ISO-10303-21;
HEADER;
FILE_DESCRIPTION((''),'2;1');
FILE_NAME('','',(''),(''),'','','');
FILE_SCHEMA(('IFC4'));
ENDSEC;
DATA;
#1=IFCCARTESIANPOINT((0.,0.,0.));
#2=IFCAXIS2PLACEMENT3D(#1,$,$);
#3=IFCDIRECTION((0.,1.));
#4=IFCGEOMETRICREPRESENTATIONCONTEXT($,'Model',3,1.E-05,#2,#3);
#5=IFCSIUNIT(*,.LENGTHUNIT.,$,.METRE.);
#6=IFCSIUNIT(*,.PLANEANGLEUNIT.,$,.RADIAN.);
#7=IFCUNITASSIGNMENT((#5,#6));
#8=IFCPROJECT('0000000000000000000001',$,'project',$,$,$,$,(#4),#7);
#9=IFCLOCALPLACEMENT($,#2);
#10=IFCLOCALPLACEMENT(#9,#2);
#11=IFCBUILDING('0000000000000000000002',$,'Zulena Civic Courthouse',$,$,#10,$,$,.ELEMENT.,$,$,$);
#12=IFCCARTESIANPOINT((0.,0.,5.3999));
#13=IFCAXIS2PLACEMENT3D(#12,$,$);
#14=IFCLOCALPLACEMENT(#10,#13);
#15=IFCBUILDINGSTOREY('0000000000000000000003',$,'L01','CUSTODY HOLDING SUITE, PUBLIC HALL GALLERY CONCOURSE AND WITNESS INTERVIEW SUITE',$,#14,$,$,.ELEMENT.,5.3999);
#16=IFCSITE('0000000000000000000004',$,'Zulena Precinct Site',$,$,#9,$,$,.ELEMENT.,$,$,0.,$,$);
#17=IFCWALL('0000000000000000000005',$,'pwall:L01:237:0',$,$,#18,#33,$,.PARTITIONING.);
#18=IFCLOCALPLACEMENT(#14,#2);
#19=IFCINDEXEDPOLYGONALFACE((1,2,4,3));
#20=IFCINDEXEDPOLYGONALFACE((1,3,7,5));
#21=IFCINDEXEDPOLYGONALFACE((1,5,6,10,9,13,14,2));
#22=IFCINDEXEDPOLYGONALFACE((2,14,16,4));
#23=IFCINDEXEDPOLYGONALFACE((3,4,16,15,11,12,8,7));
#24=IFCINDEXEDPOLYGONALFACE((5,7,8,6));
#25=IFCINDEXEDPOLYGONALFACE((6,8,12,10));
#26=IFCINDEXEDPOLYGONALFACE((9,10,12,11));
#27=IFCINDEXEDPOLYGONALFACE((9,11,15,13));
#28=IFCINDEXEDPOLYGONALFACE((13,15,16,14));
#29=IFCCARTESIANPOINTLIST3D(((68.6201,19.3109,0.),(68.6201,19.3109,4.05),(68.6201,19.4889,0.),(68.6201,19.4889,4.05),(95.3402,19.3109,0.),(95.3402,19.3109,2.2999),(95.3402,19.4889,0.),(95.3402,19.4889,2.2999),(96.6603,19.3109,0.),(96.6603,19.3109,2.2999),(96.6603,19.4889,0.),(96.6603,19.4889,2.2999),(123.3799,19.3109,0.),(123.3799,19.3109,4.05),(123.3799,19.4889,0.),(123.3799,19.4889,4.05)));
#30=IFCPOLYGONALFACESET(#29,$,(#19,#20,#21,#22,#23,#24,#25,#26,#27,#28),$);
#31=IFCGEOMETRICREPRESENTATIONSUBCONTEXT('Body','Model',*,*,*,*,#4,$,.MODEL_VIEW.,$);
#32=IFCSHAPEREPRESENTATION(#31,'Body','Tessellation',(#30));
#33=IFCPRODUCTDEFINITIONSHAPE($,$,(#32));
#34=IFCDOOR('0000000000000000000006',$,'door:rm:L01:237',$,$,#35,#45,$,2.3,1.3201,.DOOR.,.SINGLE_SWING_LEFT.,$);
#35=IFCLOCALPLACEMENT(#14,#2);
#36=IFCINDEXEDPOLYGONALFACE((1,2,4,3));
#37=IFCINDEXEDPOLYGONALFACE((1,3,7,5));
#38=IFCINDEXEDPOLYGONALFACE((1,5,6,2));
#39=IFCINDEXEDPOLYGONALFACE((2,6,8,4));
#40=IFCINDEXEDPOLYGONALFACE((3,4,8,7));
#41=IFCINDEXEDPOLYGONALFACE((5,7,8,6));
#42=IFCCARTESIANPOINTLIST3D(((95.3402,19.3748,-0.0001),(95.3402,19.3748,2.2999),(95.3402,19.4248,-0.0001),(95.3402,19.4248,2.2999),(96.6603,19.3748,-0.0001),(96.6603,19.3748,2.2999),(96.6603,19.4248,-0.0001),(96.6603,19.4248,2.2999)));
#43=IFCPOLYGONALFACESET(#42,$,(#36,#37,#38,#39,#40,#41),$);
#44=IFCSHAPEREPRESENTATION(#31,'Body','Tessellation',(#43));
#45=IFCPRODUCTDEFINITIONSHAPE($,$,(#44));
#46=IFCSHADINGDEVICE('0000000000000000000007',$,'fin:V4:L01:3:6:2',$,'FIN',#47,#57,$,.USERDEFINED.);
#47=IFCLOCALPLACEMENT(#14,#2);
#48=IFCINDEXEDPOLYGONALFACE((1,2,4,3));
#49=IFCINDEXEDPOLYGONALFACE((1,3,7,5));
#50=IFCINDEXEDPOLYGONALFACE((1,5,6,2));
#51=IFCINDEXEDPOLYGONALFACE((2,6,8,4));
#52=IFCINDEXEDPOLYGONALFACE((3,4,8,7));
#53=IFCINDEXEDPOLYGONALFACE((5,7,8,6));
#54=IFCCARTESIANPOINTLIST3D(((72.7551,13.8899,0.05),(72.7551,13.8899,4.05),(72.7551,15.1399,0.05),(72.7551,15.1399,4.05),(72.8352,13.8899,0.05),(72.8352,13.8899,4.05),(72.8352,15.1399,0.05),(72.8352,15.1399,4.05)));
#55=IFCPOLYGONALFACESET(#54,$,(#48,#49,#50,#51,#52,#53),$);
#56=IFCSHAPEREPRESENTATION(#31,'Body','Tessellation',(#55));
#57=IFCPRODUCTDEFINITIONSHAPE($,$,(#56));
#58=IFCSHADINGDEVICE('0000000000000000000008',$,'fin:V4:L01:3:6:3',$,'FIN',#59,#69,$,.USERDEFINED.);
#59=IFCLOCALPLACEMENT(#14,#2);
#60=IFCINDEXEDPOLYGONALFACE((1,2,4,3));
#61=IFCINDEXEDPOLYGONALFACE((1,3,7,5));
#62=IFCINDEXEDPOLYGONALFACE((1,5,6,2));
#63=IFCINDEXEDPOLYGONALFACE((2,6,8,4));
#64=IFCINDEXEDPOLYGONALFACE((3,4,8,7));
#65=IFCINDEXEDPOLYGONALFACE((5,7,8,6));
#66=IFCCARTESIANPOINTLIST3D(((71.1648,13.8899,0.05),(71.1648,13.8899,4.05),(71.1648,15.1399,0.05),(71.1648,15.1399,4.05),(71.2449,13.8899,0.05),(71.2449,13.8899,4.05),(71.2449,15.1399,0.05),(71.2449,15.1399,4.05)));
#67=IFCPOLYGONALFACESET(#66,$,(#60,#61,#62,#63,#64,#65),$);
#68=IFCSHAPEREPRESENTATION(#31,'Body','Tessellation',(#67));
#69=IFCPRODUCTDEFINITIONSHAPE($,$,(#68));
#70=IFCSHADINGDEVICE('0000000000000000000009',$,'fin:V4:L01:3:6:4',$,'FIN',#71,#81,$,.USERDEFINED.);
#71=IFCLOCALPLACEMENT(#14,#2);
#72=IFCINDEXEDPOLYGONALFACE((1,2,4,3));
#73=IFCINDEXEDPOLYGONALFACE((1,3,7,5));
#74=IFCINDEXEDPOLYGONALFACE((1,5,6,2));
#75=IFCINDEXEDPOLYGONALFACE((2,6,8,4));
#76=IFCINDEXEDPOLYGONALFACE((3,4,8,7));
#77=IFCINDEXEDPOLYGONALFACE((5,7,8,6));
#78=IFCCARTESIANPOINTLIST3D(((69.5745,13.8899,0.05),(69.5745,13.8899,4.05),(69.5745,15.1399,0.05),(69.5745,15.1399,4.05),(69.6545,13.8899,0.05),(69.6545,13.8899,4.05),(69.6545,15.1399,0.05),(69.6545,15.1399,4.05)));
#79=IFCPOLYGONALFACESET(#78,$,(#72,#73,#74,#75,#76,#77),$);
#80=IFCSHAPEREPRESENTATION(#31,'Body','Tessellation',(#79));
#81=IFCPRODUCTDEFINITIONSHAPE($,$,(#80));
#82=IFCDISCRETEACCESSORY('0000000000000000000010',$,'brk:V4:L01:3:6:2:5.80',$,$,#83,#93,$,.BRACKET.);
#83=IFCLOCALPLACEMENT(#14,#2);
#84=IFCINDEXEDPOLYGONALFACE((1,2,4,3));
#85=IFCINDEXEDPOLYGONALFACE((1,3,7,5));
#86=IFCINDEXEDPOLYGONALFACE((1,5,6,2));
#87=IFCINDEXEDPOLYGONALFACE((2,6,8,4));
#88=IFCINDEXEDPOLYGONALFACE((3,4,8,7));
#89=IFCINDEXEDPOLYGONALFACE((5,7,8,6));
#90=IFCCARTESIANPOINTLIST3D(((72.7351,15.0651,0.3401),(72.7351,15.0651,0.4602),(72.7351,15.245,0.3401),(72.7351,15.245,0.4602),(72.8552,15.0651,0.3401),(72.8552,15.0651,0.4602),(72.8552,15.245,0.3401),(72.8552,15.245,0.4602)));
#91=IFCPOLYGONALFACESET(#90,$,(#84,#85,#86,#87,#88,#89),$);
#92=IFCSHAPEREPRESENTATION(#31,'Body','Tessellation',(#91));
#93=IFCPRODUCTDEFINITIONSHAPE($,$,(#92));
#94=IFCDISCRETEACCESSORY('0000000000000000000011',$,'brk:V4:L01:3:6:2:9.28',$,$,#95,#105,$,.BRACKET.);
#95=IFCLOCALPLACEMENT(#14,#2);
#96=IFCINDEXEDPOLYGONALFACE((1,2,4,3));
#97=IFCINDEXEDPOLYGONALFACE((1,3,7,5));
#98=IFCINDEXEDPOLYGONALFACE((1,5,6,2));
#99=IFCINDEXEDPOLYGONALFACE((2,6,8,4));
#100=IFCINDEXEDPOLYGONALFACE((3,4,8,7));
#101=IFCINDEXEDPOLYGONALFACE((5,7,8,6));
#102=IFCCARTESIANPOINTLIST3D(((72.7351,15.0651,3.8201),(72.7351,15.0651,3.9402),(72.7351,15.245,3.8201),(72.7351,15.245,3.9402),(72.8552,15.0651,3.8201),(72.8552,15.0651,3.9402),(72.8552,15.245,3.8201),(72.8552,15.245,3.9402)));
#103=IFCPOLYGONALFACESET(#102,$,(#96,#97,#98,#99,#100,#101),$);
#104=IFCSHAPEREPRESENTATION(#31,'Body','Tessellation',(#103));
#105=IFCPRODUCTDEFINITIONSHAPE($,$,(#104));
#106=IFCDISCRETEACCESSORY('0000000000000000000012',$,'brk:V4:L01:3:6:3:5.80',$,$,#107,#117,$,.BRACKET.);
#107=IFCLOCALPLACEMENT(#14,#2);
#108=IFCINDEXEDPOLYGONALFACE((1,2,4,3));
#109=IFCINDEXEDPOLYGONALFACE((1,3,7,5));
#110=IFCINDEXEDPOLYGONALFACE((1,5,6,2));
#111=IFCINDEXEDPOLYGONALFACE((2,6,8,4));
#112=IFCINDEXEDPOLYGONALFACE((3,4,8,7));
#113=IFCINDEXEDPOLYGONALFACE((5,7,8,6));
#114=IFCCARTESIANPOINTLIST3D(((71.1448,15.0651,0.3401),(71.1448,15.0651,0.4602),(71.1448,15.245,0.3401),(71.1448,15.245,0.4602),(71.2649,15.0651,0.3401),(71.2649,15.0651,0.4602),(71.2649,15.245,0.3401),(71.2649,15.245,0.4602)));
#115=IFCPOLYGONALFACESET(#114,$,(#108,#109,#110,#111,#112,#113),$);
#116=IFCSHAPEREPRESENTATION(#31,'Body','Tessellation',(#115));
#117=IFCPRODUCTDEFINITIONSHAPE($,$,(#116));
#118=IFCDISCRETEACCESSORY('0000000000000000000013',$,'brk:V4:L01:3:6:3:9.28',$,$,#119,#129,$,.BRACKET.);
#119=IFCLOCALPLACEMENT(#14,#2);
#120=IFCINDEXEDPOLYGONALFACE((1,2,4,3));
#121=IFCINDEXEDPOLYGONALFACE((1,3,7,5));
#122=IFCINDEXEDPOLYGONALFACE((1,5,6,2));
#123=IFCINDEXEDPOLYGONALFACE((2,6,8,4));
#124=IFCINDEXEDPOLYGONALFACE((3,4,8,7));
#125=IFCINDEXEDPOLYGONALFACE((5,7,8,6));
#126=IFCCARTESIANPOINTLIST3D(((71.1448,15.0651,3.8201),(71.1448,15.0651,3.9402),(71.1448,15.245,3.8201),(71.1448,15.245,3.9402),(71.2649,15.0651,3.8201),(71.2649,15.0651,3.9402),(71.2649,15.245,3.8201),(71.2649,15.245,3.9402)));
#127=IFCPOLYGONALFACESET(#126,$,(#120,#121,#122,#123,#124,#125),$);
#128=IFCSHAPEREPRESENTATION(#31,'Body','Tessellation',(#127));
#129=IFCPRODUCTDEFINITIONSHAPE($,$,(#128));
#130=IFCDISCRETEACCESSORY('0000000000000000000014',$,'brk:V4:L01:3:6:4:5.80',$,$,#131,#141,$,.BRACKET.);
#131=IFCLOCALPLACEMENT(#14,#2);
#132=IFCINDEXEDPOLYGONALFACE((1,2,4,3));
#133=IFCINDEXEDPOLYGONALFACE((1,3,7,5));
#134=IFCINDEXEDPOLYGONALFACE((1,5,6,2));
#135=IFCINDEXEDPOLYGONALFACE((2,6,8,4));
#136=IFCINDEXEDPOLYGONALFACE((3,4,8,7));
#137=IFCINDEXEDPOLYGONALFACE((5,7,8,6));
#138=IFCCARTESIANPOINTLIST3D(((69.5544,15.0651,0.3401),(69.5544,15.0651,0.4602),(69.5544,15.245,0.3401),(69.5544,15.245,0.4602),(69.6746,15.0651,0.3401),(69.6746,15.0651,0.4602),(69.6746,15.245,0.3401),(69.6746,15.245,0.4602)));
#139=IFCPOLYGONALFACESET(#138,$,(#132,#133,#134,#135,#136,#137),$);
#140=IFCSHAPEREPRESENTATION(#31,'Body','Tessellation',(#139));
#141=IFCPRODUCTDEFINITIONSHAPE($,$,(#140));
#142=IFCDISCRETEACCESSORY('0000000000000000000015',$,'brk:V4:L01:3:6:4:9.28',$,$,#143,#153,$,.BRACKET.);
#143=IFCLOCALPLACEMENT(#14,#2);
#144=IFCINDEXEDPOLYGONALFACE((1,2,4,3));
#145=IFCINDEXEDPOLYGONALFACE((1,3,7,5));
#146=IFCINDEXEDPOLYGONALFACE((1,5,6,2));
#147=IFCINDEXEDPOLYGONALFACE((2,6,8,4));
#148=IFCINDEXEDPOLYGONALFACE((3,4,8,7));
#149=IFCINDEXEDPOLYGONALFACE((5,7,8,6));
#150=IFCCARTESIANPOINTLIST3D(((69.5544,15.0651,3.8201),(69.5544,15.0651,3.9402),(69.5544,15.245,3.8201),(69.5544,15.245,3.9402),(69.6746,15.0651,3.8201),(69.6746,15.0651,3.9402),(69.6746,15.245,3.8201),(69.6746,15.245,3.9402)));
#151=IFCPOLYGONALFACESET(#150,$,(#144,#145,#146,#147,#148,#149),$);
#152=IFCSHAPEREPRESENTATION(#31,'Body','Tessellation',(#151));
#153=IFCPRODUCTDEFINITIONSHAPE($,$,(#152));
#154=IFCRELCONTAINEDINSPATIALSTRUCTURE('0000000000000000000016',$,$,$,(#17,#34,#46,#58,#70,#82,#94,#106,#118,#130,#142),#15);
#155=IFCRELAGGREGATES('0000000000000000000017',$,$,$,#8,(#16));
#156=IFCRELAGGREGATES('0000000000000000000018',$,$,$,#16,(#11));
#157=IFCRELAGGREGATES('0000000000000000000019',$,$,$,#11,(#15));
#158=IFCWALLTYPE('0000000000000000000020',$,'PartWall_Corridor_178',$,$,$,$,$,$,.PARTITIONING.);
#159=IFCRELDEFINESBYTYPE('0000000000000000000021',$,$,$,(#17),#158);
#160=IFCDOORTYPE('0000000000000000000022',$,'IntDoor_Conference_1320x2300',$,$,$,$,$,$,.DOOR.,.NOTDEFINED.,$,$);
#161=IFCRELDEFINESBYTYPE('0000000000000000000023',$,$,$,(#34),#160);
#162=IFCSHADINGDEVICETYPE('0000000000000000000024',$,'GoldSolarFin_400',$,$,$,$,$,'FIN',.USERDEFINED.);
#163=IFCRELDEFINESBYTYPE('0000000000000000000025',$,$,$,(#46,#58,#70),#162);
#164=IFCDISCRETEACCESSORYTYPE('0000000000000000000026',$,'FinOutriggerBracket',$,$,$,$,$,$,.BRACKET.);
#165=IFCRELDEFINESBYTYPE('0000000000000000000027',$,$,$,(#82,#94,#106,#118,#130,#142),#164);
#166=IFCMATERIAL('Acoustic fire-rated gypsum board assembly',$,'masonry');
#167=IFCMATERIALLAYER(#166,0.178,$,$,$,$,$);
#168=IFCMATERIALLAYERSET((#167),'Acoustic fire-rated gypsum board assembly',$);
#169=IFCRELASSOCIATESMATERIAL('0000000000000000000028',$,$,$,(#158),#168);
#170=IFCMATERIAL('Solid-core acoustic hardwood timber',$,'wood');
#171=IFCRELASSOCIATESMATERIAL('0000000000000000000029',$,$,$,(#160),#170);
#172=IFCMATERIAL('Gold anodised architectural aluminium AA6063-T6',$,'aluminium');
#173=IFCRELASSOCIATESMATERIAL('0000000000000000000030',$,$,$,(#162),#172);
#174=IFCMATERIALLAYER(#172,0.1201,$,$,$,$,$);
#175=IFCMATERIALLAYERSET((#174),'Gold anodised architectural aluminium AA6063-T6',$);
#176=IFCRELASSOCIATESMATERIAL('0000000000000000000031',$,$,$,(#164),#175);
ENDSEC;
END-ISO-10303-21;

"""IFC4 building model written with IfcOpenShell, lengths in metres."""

from ifc_helpers import new_model, si_unit, direction, frame, frame_2d, origin, origin_2d, place, context, subcontext, project, spatial, rectangle, extrude, material, layer, layer_set, type_object, element, fill, save


model = new_model("IFC4")

# Units and contexts
model_context = context("Model", 3, precision=1e-05, world=origin(), true_north=direction((0.0, 1.0)))
body_context = subcontext(model_context, "Body", "Model", "MODEL_VIEW")
ifc_project = project(units=[si_unit("LENGTHUNIT", "METRE"), si_unit("PLANEANGLEUNIT", "RADIAN")], contexts=[model_context])

# Site, building, storey
site_placement = place(None, origin())
site = spatial("IfcSite", under=ifc_project, at=site_placement, Name="Zulena Precinct Site", CompositionType="ELEMENT", RefElevation=0.0)
building_placement = place(site_placement, origin())
building = spatial("IfcBuilding", under=site, at=building_placement, Name="Zulena Civic Courthouse", CompositionType="ELEMENT")
storey_placement = place(building_placement, frame((0.0, 0.0, 5.3999)))
storey = spatial("IfcBuildingStorey", under=building, at=storey_placement, Name="L01", Description="CUSTODY HOLDING SUITE, PUBLIC HALL GALLERY CONCOURSE AND WITNESS INTERVIEW SUITE", CompositionType="ELEMENT", Elevation=5.3999)

# Wall, opening, door
ifc_material_1 = material(Name="Acoustic fire-rated gypsum board assembly", Category="masonry")
ifc_layer_1 = layer(ifc_material_1, 0.178)
ifc_layer_set_1 = layer_set([ifc_layer_1], Name="Acoustic fire-rated gypsum board assembly")
wall_type = type_object("IfcWallType", Name="PartWall_Corridor_178", PredefinedType="PARTITIONING", material=ifc_layer_set_1)
wall_placement = place(storey_placement, frame((68.6201, 19.3999, 0.0), z_axis=(0.0, 0.0, 1.0), x_axis=(1.0, 0.0, 0.0)))
wall = element("IfcWall", 1, at=wall_placement, inside=storey, type_object=wall_type, Name="pwall:L01:237:0", PredefinedType="PARTITIONING", context=body_context, shape_type="SweptSolid", body=[
    extrude(rectangle(XDim=54.7598, YDim=0.178, at=frame_2d((27.3799, 0.0))), origin(), (0.0, 0.0, 1.0), 4.05),
])
opening_placement = place(wall_placement, frame((26.72, 0.0, 0.0)))
opening = element("IfcOpeningElement", 2, at=opening_placement, cuts=wall, PredefinedType="OPENING", context=body_context, shape_type="SweptSolid", body=[
    extrude(rectangle(XDim=1.3201, YDim=2.3, at=frame_2d((0.6602, 1.1499))), frame((0.0, 0.0989, 0.0), z_axis=(0.0, -1.0, 0.0), x_axis=(1.0, 0.0, 0.0)), (0.0, 0.0, 1.0), 0.198),
])
ifc_material_2 = material(Name="Solid-core acoustic hardwood timber", Category="wood")
door_type = type_object("IfcDoorType", Name="IntDoor_Conference_1320x2300", OperationType="NOTDEFINED", PredefinedType="DOOR", material=ifc_material_2)
door_placement = place(opening_placement, origin())
door = element("IfcDoor", 3, at=door_placement, inside=storey, type_object=door_type, Name="door:rm:L01:237", OperationType="SINGLE_SWING_LEFT", OverallHeight=2.3, OverallWidth=1.3201, PredefinedType="DOOR", context=body_context, shape_type="SweptSolid", body=[
    extrude(rectangle(XDim=1.3201, YDim=2.3, at=frame_2d((0.6602, 1.1499))), frame((0.0, 0.0249, 0.0), z_axis=(0.0, -1.0, 0.0), x_axis=(1.0, 0.0, 0.0)), (0.0, 0.0, 1.0), 0.05),
])
fill(opening, door)

# Shading devices
ifc_material_3 = material(Name="Gold anodised architectural aluminium AA6063-T6", Category="aluminium")
shading_device_type = type_object("IfcShadingDeviceType", Name="GoldSolarFin_400", ElementType="FIN", PredefinedType="USERDEFINED", material=ifc_material_3)
for number, where, z_axis, x_axis, name in (
    (4, (72.7952, 14.5149, 0.05), (0.0, 0.0, 1.0), (0.0, -1.0, 0.0), "fin:V4:L01:3:6:2"),
    (5, (71.2048, 14.5149, 0.05), (0.0, 0.0, 1.0), (0.0, -1.0, 0.0), "fin:V4:L01:3:6:3"),
    (6, (69.6145, 14.5149, 0.05), (0.0, 0.0, 1.0), (0.0, -1.0, 0.0), "fin:V4:L01:3:6:4"),
):
    element("IfcShadingDevice", number, at=place(storey_placement, frame(where, z_axis=z_axis, x_axis=x_axis)), inside=storey, type_object=shading_device_type, Name=name, ObjectType="FIN", PredefinedType="USERDEFINED", context=body_context, shape_type="SweptSolid", body=[
        extrude(rectangle(XDim=1.25, YDim=0.0801, at=origin_2d()), origin(), (0.0, 0.0, 1.0), 4.0),
    ])

# Discrete accessories
ifc_layer_2 = layer(ifc_material_3, 0.1201)
ifc_layer_set_2 = layer_set([ifc_layer_2], Name="Gold anodised architectural aluminium AA6063-T6")
discrete_accessory_type = type_object("IfcDiscreteAccessoryType", Name="FinOutriggerBracket", PredefinedType="BRACKET", material=ifc_layer_set_2)
for number, where, z_axis, x_axis, name in (
    (7, (72.7952, 15.155, 0.3401), (0.0, 0.0, 1.0), (0.0, -1.0, 0.0), "brk:V4:L01:3:6:2:5.80"),
    (8, (72.7952, 15.155, 3.8201), (0.0, 0.0, 1.0), (0.0, -1.0, 0.0), "brk:V4:L01:3:6:2:9.28"),
    (9, (71.2048, 15.155, 0.3401), (0.0, 0.0, 1.0), (0.0, -1.0, 0.0), "brk:V4:L01:3:6:3:5.80"),
    (10, (71.2048, 15.155, 3.8201), (0.0, 0.0, 1.0), (0.0, -1.0, 0.0), "brk:V4:L01:3:6:3:9.28"),
    (11, (69.6145, 15.155, 0.3401), (0.0, 0.0, 1.0), (0.0, -1.0, 0.0), "brk:V4:L01:3:6:4:5.80"),
    (12, (69.6145, 15.155, 3.8201), (0.0, 0.0, 1.0), (0.0, -1.0, 0.0), "brk:V4:L01:3:6:4:9.28"),
):
    element("IfcDiscreteAccessory", number, at=place(storey_placement, frame(where, z_axis=z_axis, x_axis=x_axis)), inside=storey, type_object=discrete_accessory_type, Name=name, PredefinedType="BRACKET", context=body_context, shape_type="SweptSolid", body=[
        extrude(rectangle(XDim=0.1799, YDim=0.1201, at=origin_2d()), origin(), (0.0, 0.0, 1.0), 0.1201),
    ])

save(model, "model.ifc")
